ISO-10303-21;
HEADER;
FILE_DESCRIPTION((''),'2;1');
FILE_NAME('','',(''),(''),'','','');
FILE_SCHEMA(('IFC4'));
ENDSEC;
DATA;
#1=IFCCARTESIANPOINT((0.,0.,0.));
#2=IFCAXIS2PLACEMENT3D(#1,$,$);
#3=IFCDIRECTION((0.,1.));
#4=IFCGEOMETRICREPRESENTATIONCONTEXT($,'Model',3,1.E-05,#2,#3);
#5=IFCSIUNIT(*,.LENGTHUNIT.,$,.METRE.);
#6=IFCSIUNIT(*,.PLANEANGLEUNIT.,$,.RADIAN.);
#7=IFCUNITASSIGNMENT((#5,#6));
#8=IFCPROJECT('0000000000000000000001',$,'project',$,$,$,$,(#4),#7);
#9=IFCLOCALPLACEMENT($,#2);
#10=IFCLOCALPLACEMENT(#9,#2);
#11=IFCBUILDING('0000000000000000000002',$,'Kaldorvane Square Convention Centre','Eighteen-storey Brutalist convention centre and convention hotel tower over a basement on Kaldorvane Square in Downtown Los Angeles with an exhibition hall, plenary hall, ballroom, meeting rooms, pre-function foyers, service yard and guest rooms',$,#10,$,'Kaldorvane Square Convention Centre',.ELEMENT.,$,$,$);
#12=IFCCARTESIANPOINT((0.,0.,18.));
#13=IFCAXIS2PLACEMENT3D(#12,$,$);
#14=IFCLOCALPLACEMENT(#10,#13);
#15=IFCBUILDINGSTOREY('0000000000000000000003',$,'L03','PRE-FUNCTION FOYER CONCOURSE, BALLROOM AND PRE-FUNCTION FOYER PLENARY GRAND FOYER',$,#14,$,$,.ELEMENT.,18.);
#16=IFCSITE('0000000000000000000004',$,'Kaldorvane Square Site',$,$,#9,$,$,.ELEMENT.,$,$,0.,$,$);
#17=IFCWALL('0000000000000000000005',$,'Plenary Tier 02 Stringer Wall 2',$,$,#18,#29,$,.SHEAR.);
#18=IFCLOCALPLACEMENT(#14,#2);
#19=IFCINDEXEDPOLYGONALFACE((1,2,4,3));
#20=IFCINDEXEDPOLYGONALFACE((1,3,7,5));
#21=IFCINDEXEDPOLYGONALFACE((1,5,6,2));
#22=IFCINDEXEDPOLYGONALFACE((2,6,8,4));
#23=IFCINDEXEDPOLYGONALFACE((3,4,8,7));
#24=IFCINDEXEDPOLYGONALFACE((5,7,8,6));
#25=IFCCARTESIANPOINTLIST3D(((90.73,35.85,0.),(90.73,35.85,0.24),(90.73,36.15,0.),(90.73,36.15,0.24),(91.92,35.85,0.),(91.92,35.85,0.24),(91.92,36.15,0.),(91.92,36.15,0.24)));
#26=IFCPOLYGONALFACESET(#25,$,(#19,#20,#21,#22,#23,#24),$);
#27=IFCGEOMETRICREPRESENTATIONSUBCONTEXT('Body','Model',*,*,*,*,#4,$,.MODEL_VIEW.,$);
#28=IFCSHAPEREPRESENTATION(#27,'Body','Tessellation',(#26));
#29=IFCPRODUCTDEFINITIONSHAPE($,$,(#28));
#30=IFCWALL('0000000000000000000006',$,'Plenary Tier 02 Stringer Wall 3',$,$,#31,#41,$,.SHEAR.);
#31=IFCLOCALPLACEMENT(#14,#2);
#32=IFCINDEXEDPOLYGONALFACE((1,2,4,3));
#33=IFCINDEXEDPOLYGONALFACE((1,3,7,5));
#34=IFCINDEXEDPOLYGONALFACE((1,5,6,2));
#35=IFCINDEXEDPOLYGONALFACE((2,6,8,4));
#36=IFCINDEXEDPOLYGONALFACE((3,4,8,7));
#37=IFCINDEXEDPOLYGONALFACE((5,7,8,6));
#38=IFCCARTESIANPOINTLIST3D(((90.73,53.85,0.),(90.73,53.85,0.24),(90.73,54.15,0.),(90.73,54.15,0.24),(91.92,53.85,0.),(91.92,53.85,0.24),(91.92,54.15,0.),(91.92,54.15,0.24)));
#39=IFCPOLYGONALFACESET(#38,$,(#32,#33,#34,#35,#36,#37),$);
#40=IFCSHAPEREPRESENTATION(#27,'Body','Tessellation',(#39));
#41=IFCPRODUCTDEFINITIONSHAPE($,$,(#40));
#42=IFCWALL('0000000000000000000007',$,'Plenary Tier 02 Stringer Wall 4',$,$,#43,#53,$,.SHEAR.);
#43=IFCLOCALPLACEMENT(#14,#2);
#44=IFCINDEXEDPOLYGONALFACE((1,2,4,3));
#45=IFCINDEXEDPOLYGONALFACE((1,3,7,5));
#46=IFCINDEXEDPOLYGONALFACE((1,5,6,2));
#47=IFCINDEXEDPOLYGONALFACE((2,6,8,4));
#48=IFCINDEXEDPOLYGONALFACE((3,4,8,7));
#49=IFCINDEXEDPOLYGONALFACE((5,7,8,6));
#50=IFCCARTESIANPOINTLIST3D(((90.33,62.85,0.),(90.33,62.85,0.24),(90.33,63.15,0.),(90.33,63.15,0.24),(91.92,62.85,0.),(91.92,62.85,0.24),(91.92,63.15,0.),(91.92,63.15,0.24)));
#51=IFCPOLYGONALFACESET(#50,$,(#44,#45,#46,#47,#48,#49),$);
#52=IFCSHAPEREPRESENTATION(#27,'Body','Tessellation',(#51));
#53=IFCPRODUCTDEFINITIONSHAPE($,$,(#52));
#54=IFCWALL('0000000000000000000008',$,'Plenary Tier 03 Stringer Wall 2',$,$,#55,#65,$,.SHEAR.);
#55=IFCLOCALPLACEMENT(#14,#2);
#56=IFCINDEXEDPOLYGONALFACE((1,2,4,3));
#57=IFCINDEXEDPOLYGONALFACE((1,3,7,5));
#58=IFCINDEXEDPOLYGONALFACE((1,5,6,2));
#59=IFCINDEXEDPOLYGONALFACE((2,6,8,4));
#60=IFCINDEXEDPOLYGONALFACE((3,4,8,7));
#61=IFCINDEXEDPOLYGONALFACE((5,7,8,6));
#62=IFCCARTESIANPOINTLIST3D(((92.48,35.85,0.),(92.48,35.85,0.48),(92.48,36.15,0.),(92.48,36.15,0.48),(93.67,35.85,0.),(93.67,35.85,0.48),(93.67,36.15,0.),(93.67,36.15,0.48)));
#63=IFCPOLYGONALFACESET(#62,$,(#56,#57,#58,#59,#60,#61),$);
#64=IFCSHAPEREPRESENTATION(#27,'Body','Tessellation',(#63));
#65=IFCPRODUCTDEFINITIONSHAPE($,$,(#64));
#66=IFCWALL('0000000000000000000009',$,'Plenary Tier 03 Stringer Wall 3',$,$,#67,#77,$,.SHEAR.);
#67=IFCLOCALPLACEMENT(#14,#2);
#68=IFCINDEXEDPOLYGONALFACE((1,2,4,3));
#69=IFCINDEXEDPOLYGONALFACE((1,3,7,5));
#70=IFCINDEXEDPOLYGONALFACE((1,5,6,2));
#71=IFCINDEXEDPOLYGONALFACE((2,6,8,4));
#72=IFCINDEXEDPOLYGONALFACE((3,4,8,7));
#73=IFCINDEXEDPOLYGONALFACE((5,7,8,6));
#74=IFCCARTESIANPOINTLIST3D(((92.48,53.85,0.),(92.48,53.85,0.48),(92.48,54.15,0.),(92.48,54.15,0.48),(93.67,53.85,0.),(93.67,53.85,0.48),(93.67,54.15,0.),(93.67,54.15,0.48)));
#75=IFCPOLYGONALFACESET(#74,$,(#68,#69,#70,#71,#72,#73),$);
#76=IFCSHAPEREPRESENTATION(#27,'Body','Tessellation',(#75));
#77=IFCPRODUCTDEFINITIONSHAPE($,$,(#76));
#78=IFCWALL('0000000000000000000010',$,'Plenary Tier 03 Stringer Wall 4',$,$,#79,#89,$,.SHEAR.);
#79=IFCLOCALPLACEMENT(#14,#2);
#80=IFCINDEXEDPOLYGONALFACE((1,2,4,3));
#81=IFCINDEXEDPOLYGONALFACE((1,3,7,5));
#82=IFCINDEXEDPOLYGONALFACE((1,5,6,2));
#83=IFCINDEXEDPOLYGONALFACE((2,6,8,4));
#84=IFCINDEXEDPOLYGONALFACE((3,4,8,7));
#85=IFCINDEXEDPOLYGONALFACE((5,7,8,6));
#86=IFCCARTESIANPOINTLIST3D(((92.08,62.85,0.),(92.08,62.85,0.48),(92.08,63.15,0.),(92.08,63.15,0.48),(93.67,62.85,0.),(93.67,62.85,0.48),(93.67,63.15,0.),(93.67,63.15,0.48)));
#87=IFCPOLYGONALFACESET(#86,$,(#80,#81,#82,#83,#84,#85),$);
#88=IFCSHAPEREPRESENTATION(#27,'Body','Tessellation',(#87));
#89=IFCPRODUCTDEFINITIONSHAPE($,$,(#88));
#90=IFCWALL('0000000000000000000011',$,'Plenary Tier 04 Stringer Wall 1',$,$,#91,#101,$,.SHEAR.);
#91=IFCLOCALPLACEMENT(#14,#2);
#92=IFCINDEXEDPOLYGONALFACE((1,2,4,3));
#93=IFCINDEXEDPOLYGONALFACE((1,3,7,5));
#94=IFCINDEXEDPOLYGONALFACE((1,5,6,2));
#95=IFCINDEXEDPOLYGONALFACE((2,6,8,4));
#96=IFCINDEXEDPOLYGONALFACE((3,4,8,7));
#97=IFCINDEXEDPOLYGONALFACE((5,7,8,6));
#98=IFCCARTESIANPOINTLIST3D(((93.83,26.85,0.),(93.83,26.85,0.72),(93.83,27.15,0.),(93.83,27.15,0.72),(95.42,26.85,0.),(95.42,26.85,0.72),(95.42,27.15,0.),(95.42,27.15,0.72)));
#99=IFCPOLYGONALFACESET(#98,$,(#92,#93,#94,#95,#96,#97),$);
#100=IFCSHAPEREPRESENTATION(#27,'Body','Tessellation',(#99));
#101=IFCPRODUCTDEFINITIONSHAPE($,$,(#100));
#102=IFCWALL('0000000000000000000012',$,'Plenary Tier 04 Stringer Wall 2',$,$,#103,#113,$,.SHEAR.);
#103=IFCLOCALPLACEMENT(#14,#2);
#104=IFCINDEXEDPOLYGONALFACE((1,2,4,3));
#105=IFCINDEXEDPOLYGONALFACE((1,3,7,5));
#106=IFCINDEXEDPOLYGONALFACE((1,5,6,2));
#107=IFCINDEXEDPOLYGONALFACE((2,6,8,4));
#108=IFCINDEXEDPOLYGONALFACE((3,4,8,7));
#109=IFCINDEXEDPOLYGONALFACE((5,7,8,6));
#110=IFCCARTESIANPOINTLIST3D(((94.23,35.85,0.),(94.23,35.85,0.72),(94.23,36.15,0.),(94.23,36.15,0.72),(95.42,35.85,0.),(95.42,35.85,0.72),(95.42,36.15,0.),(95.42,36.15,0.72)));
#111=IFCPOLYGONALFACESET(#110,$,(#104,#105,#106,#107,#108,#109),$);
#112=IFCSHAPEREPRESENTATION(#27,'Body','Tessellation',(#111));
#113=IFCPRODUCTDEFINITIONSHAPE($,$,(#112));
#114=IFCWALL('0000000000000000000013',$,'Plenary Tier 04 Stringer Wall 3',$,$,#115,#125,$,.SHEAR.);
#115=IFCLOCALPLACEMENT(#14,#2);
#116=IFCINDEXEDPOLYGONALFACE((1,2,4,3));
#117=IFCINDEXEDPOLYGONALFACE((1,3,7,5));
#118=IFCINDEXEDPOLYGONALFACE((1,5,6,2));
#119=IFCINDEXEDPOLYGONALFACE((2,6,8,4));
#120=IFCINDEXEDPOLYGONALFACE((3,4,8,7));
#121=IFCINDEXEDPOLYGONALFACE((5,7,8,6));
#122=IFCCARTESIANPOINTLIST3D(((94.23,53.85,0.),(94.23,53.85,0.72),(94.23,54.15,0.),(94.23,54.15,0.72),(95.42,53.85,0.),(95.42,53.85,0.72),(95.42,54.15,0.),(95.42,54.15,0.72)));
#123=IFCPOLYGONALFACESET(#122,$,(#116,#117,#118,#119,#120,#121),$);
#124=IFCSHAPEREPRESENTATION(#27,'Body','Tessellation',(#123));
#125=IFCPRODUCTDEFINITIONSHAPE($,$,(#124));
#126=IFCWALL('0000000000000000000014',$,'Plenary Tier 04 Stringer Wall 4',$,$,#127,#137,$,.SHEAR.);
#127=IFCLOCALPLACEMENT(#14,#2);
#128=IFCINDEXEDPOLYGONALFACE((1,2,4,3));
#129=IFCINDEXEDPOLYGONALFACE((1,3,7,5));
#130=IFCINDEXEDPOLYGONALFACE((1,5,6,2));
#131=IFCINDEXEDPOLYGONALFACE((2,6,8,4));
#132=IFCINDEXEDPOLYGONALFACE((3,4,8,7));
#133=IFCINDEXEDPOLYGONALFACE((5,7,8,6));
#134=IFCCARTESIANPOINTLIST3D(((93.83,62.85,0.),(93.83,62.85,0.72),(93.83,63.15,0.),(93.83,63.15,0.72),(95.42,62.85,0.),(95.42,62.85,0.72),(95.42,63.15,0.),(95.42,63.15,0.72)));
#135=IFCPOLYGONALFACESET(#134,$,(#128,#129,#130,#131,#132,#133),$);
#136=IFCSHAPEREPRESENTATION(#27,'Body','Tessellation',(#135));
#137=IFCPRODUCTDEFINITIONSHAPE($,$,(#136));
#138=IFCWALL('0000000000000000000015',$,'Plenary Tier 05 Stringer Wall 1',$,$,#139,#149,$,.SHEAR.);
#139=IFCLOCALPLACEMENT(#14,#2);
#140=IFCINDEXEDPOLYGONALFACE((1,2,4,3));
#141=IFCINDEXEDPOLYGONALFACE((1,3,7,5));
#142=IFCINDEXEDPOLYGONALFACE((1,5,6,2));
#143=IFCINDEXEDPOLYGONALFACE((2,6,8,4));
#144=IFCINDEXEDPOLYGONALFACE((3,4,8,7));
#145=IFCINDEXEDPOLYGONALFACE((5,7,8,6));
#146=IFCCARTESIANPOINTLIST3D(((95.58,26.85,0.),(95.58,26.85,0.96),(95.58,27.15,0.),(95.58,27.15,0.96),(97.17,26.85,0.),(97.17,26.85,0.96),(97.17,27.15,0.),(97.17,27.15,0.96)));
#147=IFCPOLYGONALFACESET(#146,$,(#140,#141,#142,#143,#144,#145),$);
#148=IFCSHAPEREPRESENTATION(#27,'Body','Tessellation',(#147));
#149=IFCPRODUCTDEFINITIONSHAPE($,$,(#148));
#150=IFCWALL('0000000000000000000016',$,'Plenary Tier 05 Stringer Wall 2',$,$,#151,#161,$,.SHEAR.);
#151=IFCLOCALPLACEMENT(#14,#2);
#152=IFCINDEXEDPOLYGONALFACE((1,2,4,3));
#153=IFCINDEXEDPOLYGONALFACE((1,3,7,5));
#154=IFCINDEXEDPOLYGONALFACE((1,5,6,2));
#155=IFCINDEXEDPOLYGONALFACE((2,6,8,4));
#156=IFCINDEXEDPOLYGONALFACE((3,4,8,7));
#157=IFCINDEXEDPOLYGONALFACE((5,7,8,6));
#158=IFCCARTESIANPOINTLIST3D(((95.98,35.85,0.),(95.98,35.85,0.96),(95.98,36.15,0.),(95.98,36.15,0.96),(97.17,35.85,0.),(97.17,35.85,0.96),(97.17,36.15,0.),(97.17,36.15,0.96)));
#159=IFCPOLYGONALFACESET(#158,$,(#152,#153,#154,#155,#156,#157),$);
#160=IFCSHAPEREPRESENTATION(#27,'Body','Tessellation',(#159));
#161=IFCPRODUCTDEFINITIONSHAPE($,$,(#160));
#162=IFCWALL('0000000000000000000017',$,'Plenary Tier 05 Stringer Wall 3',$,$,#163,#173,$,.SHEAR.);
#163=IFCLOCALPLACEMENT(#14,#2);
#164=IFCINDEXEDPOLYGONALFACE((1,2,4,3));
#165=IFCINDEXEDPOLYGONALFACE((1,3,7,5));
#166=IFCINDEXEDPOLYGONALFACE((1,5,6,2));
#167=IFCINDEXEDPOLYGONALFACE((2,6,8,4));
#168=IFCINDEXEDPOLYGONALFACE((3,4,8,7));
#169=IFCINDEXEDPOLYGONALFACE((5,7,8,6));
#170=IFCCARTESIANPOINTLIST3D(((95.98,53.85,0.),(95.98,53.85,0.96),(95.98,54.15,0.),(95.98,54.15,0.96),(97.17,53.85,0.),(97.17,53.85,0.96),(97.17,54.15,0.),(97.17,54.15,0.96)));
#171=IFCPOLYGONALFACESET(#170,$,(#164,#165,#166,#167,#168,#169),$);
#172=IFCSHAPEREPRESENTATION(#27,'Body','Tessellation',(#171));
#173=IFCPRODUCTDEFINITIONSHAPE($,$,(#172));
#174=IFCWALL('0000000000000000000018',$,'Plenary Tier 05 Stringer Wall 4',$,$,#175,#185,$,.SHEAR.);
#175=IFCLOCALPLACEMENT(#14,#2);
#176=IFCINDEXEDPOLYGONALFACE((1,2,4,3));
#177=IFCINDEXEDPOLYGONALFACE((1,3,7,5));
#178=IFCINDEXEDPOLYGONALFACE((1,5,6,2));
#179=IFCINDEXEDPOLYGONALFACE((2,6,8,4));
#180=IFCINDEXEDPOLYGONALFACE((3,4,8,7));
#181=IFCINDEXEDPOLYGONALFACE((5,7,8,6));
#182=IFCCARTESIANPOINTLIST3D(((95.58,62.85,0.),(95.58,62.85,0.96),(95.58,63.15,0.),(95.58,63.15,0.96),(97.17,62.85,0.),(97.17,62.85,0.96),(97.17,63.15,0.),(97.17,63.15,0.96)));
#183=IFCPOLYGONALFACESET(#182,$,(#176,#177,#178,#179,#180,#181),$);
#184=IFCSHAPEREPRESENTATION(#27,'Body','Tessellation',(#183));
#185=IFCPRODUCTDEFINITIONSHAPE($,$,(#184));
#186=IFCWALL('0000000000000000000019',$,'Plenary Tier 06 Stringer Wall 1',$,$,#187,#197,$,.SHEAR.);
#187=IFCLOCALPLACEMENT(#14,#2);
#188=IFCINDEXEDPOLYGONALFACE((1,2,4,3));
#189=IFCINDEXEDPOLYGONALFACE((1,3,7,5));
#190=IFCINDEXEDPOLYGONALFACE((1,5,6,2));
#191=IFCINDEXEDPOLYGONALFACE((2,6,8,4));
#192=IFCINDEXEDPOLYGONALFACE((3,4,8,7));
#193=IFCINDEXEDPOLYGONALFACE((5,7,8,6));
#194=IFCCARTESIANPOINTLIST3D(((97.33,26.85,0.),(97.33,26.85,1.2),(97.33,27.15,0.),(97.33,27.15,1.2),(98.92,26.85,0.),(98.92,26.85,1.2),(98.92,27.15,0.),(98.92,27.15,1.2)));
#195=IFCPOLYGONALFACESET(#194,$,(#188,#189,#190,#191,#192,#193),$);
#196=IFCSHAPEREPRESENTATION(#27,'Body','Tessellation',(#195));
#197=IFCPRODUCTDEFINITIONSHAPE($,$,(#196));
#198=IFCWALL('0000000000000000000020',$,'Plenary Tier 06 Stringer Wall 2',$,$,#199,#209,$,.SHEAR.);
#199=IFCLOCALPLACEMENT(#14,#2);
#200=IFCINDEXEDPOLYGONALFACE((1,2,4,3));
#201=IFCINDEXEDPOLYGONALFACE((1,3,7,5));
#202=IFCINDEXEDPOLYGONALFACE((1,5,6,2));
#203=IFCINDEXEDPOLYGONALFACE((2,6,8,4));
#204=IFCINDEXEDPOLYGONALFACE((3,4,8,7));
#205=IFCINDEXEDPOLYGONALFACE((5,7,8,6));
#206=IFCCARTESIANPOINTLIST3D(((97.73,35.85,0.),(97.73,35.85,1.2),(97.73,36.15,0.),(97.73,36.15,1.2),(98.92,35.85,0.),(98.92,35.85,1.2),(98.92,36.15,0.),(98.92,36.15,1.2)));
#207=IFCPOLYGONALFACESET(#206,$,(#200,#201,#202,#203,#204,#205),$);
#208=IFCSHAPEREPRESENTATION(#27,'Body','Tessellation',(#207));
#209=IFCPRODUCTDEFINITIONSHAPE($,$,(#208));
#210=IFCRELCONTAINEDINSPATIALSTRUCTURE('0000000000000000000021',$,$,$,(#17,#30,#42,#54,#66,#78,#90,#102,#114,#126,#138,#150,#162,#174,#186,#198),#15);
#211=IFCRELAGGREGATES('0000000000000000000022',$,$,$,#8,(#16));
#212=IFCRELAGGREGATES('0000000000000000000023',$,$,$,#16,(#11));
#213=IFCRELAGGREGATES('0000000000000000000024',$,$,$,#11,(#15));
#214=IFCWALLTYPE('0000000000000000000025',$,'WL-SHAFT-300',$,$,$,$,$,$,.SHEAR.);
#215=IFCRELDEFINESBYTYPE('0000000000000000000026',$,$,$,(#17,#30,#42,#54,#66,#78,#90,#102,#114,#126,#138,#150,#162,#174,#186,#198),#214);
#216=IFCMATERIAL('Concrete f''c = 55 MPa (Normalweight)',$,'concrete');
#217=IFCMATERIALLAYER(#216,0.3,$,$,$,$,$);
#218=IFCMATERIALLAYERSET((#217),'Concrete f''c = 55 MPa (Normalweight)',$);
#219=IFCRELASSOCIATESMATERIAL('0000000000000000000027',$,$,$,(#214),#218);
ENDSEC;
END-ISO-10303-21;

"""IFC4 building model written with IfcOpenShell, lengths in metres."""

from ifc_helpers import new_model, si_unit, direction, frame, frame_2d, origin, place, context, subcontext, project, spatial, rectangle, extrude, material, layer, layer_set, type_object, element, save


model = new_model("IFC4")

# Units and contexts
model_context = context("Model", 3, precision=1e-05, world=origin(), true_north=direction((0.0, 1.0)))
body_context = subcontext(model_context, "Body", "Model", "MODEL_VIEW")
ifc_project = project(units=[si_unit("LENGTHUNIT", "METRE"), si_unit("PLANEANGLEUNIT", "RADIAN")], contexts=[model_context])

# Site, building, storey
site_placement = place(None, origin())
site = spatial("IfcSite", under=ifc_project, at=site_placement, Name="Kaldorvane Square Site", CompositionType="ELEMENT", RefElevation=0.0)
building_placement = place(site_placement, origin())
building = spatial("IfcBuilding", under=site, at=building_placement, Name="Kaldorvane Square Convention Centre", Description="Eighteen-storey Brutalist convention centre and convention hotel tower over a basement on Kaldorvane Square in Downtown Los Angeles with an exhibition hall, plenary hall, ballroom, meeting rooms, pre-function foyers, service yard and guest rooms", LongName="Kaldorvane Square Convention Centre", CompositionType="ELEMENT")
storey_placement = place(building_placement, frame((0.0, 0.0, 18.0)))
storey = spatial("IfcBuildingStorey", under=building, at=storey_placement, Name="L03", Description="PRE-FUNCTION FOYER CONCOURSE, BALLROOM AND PRE-FUNCTION FOYER PLENARY GRAND FOYER", CompositionType="ELEMENT", Elevation=18.0)

# Walls
ifc_material = material(Name="Concrete f'c = 55 MPa (Normalweight)", Category="concrete")
ifc_layer = layer(ifc_material, 0.3)
ifc_layer_set = layer_set([ifc_layer], Name="Concrete f'c = 55 MPa (Normalweight)")
wall_type = type_object("IfcWallType", Name="WL-SHAFT-300", PredefinedType="SHEAR", material=ifc_layer_set)
for number, where, z_axis, x_axis, name in (
    (1, (90.73, 36.0, 0.0), (0.0, 0.0, 1.0), (1.0, 0.0, 0.0), "Plenary Tier 02 Stringer Wall 2"),
    (2, (90.73, 54.0, 0.0), (0.0, 0.0, 1.0), (1.0, 0.0, 0.0), "Plenary Tier 02 Stringer Wall 3"),
):
    element("IfcWall", number, at=place(storey_placement, frame(where, z_axis=z_axis, x_axis=x_axis)), inside=storey, type_object=wall_type, Name=name, PredefinedType="SHEAR", context=body_context, shape_type="SweptSolid", body=[
        extrude(rectangle(XDim=1.19, YDim=0.3, at=frame_2d((0.595, 0.0))), origin(), (0.0, 0.0, 1.0), 0.24),
    ])
wall_1_placement = place(storey_placement, frame((90.33, 63.0, 0.0), z_axis=(0.0, 0.0, 1.0), x_axis=(1.0, 0.0, 0.0)))
element("IfcWall", 3, at=wall_1_placement, inside=storey, type_object=wall_type, Name="Plenary Tier 02 Stringer Wall 4", PredefinedType="SHEAR", context=body_context, shape_type="SweptSolid", body=[
    extrude(rectangle(XDim=1.59, YDim=0.3, at=frame_2d((0.795, 0.0))), origin(), (0.0, 0.0, 1.0), 0.24),
])
for number, where, z_axis, x_axis, name in (
    (4, (92.48, 36.0, 0.0), (0.0, 0.0, 1.0), (1.0, 0.0, 0.0), "Plenary Tier 03 Stringer Wall 2"),
    (5, (92.48, 54.0, 0.0), (0.0, 0.0, 1.0), (1.0, 0.0, 0.0), "Plenary Tier 03 Stringer Wall 3"),
):
    element("IfcWall", number, at=place(storey_placement, frame(where, z_axis=z_axis, x_axis=x_axis)), inside=storey, type_object=wall_type, Name=name, PredefinedType="SHEAR", context=body_context, shape_type="SweptSolid", body=[
        extrude(rectangle(XDim=1.19, YDim=0.3, at=frame_2d((0.595, 0.0))), origin(), (0.0, 0.0, 1.0), 0.48),
    ])
wall_2_placement = place(storey_placement, frame((92.08, 63.0, 0.0), z_axis=(0.0, 0.0, 1.0), x_axis=(1.0, 0.0, 0.0)))
element("IfcWall", 6, at=wall_2_placement, inside=storey, type_object=wall_type, Name="Plenary Tier 03 Stringer Wall 4", PredefinedType="SHEAR", context=body_context, shape_type="SweptSolid", body=[
    extrude(rectangle(XDim=1.59, YDim=0.3, at=frame_2d((0.795, 0.0))), origin(), (0.0, 0.0, 1.0), 0.48),
])
wall_3_placement = place(storey_placement, frame((93.83, 27.0, 0.0), z_axis=(0.0, 0.0, 1.0), x_axis=(1.0, 0.0, 0.0)))
element("IfcWall", 7, at=wall_3_placement, inside=storey, type_object=wall_type, Name="Plenary Tier 04 Stringer Wall 1", PredefinedType="SHEAR", context=body_context, shape_type="SweptSolid", body=[
    extrude(rectangle(XDim=1.59, YDim=0.3, at=frame_2d((0.795, 0.0))), origin(), (0.0, 0.0, 1.0), 0.72),
])
for number, where, z_axis, x_axis, name in (
    (8, (94.23, 36.0, 0.0), (0.0, 0.0, 1.0), (1.0, 0.0, 0.0), "Plenary Tier 04 Stringer Wall 2"),
    (9, (94.23, 54.0, 0.0), (0.0, 0.0, 1.0), (1.0, 0.0, 0.0), "Plenary Tier 04 Stringer Wall 3"),
):
    element("IfcWall", number, at=place(storey_placement, frame(where, z_axis=z_axis, x_axis=x_axis)), inside=storey, type_object=wall_type, Name=name, PredefinedType="SHEAR", context=body_context, shape_type="SweptSolid", body=[
        extrude(rectangle(XDim=1.19, YDim=0.3, at=frame_2d((0.595, 0.0))), origin(), (0.0, 0.0, 1.0), 0.72),
    ])
wall_4_placement = place(storey_placement, frame((93.83, 63.0, 0.0), z_axis=(0.0, 0.0, 1.0), x_axis=(1.0, 0.0, 0.0)))
element("IfcWall", 10, at=wall_4_placement, inside=storey, type_object=wall_type, Name="Plenary Tier 04 Stringer Wall 4", PredefinedType="SHEAR", context=body_context, shape_type="SweptSolid", body=[
    extrude(rectangle(XDim=1.59, YDim=0.3, at=frame_2d((0.795, 0.0))), origin(), (0.0, 0.0, 1.0), 0.72),
])
wall_5_placement = place(storey_placement, frame((95.58, 27.0, 0.0), z_axis=(0.0, 0.0, 1.0), x_axis=(1.0, 0.0, 0.0)))
element("IfcWall", 11, at=wall_5_placement, inside=storey, type_object=wall_type, Name="Plenary Tier 05 Stringer Wall 1", PredefinedType="SHEAR", context=body_context, shape_type="SweptSolid", body=[
    extrude(rectangle(XDim=1.59, YDim=0.3, at=frame_2d((0.795, 0.0))), origin(), (0.0, 0.0, 1.0), 0.96),
])
for number, where, z_axis, x_axis, name in (
    (12, (95.98, 36.0, 0.0), (0.0, 0.0, 1.0), (1.0, 0.0, 0.0), "Plenary Tier 05 Stringer Wall 2"),
    (13, (95.98, 54.0, 0.0), (0.0, 0.0, 1.0), (1.0, 0.0, 0.0), "Plenary Tier 05 Stringer Wall 3"),
):
    element("IfcWall", number, at=place(storey_placement, frame(where, z_axis=z_axis, x_axis=x_axis)), inside=storey, type_object=wall_type, Name=name, PredefinedType="SHEAR", context=body_context, shape_type="SweptSolid", body=[
        extrude(rectangle(XDim=1.19, YDim=0.3, at=frame_2d((0.595, 0.0))), origin(), (0.0, 0.0, 1.0), 0.96),
    ])
wall_6_placement = place(storey_placement, frame((95.58, 63.0, 0.0), z_axis=(0.0, 0.0, 1.0), x_axis=(1.0, 0.0, 0.0)))
element("IfcWall", 14, at=wall_6_placement, inside=storey, type_object=wall_type, Name="Plenary Tier 05 Stringer Wall 4", PredefinedType="SHEAR", context=body_context, shape_type="SweptSolid", body=[
    extrude(rectangle(XDim=1.59, YDim=0.3, at=frame_2d((0.795, 0.0))), origin(), (0.0, 0.0, 1.0), 0.96),
])
wall_7_placement = place(storey_placement, frame((97.33, 27.0, 0.0), z_axis=(0.0, 0.0, 1.0), x_axis=(1.0, 0.0, 0.0)))
element("IfcWall", 15, at=wall_7_placement, inside=storey, type_object=wall_type, Name="Plenary Tier 06 Stringer Wall 1", PredefinedType="SHEAR", context=body_context, shape_type="SweptSolid", body=[
    extrude(rectangle(XDim=1.59, YDim=0.3, at=frame_2d((0.795, 0.0))), origin(), (0.0, 0.0, 1.0), 1.2),
])
for number, where, z_axis, x_axis, name in (
    (16, (97.73, 36.0, 0.0), (0.0, 0.0, 1.0), (1.0, 0.0, 0.0), "Plenary Tier 06 Stringer Wall 2"),
):
    element("IfcWall", number, at=place(storey_placement, frame(where, z_axis=z_axis, x_axis=x_axis)), inside=storey, type_object=wall_type, Name=name, PredefinedType="SHEAR", context=body_context, shape_type="SweptSolid", body=[
        extrude(rectangle(XDim=1.19, YDim=0.3, at=frame_2d((0.595, 0.0))), origin(), (0.0, 0.0, 1.0), 1.2),
    ])

save(model, "model.ifc")
